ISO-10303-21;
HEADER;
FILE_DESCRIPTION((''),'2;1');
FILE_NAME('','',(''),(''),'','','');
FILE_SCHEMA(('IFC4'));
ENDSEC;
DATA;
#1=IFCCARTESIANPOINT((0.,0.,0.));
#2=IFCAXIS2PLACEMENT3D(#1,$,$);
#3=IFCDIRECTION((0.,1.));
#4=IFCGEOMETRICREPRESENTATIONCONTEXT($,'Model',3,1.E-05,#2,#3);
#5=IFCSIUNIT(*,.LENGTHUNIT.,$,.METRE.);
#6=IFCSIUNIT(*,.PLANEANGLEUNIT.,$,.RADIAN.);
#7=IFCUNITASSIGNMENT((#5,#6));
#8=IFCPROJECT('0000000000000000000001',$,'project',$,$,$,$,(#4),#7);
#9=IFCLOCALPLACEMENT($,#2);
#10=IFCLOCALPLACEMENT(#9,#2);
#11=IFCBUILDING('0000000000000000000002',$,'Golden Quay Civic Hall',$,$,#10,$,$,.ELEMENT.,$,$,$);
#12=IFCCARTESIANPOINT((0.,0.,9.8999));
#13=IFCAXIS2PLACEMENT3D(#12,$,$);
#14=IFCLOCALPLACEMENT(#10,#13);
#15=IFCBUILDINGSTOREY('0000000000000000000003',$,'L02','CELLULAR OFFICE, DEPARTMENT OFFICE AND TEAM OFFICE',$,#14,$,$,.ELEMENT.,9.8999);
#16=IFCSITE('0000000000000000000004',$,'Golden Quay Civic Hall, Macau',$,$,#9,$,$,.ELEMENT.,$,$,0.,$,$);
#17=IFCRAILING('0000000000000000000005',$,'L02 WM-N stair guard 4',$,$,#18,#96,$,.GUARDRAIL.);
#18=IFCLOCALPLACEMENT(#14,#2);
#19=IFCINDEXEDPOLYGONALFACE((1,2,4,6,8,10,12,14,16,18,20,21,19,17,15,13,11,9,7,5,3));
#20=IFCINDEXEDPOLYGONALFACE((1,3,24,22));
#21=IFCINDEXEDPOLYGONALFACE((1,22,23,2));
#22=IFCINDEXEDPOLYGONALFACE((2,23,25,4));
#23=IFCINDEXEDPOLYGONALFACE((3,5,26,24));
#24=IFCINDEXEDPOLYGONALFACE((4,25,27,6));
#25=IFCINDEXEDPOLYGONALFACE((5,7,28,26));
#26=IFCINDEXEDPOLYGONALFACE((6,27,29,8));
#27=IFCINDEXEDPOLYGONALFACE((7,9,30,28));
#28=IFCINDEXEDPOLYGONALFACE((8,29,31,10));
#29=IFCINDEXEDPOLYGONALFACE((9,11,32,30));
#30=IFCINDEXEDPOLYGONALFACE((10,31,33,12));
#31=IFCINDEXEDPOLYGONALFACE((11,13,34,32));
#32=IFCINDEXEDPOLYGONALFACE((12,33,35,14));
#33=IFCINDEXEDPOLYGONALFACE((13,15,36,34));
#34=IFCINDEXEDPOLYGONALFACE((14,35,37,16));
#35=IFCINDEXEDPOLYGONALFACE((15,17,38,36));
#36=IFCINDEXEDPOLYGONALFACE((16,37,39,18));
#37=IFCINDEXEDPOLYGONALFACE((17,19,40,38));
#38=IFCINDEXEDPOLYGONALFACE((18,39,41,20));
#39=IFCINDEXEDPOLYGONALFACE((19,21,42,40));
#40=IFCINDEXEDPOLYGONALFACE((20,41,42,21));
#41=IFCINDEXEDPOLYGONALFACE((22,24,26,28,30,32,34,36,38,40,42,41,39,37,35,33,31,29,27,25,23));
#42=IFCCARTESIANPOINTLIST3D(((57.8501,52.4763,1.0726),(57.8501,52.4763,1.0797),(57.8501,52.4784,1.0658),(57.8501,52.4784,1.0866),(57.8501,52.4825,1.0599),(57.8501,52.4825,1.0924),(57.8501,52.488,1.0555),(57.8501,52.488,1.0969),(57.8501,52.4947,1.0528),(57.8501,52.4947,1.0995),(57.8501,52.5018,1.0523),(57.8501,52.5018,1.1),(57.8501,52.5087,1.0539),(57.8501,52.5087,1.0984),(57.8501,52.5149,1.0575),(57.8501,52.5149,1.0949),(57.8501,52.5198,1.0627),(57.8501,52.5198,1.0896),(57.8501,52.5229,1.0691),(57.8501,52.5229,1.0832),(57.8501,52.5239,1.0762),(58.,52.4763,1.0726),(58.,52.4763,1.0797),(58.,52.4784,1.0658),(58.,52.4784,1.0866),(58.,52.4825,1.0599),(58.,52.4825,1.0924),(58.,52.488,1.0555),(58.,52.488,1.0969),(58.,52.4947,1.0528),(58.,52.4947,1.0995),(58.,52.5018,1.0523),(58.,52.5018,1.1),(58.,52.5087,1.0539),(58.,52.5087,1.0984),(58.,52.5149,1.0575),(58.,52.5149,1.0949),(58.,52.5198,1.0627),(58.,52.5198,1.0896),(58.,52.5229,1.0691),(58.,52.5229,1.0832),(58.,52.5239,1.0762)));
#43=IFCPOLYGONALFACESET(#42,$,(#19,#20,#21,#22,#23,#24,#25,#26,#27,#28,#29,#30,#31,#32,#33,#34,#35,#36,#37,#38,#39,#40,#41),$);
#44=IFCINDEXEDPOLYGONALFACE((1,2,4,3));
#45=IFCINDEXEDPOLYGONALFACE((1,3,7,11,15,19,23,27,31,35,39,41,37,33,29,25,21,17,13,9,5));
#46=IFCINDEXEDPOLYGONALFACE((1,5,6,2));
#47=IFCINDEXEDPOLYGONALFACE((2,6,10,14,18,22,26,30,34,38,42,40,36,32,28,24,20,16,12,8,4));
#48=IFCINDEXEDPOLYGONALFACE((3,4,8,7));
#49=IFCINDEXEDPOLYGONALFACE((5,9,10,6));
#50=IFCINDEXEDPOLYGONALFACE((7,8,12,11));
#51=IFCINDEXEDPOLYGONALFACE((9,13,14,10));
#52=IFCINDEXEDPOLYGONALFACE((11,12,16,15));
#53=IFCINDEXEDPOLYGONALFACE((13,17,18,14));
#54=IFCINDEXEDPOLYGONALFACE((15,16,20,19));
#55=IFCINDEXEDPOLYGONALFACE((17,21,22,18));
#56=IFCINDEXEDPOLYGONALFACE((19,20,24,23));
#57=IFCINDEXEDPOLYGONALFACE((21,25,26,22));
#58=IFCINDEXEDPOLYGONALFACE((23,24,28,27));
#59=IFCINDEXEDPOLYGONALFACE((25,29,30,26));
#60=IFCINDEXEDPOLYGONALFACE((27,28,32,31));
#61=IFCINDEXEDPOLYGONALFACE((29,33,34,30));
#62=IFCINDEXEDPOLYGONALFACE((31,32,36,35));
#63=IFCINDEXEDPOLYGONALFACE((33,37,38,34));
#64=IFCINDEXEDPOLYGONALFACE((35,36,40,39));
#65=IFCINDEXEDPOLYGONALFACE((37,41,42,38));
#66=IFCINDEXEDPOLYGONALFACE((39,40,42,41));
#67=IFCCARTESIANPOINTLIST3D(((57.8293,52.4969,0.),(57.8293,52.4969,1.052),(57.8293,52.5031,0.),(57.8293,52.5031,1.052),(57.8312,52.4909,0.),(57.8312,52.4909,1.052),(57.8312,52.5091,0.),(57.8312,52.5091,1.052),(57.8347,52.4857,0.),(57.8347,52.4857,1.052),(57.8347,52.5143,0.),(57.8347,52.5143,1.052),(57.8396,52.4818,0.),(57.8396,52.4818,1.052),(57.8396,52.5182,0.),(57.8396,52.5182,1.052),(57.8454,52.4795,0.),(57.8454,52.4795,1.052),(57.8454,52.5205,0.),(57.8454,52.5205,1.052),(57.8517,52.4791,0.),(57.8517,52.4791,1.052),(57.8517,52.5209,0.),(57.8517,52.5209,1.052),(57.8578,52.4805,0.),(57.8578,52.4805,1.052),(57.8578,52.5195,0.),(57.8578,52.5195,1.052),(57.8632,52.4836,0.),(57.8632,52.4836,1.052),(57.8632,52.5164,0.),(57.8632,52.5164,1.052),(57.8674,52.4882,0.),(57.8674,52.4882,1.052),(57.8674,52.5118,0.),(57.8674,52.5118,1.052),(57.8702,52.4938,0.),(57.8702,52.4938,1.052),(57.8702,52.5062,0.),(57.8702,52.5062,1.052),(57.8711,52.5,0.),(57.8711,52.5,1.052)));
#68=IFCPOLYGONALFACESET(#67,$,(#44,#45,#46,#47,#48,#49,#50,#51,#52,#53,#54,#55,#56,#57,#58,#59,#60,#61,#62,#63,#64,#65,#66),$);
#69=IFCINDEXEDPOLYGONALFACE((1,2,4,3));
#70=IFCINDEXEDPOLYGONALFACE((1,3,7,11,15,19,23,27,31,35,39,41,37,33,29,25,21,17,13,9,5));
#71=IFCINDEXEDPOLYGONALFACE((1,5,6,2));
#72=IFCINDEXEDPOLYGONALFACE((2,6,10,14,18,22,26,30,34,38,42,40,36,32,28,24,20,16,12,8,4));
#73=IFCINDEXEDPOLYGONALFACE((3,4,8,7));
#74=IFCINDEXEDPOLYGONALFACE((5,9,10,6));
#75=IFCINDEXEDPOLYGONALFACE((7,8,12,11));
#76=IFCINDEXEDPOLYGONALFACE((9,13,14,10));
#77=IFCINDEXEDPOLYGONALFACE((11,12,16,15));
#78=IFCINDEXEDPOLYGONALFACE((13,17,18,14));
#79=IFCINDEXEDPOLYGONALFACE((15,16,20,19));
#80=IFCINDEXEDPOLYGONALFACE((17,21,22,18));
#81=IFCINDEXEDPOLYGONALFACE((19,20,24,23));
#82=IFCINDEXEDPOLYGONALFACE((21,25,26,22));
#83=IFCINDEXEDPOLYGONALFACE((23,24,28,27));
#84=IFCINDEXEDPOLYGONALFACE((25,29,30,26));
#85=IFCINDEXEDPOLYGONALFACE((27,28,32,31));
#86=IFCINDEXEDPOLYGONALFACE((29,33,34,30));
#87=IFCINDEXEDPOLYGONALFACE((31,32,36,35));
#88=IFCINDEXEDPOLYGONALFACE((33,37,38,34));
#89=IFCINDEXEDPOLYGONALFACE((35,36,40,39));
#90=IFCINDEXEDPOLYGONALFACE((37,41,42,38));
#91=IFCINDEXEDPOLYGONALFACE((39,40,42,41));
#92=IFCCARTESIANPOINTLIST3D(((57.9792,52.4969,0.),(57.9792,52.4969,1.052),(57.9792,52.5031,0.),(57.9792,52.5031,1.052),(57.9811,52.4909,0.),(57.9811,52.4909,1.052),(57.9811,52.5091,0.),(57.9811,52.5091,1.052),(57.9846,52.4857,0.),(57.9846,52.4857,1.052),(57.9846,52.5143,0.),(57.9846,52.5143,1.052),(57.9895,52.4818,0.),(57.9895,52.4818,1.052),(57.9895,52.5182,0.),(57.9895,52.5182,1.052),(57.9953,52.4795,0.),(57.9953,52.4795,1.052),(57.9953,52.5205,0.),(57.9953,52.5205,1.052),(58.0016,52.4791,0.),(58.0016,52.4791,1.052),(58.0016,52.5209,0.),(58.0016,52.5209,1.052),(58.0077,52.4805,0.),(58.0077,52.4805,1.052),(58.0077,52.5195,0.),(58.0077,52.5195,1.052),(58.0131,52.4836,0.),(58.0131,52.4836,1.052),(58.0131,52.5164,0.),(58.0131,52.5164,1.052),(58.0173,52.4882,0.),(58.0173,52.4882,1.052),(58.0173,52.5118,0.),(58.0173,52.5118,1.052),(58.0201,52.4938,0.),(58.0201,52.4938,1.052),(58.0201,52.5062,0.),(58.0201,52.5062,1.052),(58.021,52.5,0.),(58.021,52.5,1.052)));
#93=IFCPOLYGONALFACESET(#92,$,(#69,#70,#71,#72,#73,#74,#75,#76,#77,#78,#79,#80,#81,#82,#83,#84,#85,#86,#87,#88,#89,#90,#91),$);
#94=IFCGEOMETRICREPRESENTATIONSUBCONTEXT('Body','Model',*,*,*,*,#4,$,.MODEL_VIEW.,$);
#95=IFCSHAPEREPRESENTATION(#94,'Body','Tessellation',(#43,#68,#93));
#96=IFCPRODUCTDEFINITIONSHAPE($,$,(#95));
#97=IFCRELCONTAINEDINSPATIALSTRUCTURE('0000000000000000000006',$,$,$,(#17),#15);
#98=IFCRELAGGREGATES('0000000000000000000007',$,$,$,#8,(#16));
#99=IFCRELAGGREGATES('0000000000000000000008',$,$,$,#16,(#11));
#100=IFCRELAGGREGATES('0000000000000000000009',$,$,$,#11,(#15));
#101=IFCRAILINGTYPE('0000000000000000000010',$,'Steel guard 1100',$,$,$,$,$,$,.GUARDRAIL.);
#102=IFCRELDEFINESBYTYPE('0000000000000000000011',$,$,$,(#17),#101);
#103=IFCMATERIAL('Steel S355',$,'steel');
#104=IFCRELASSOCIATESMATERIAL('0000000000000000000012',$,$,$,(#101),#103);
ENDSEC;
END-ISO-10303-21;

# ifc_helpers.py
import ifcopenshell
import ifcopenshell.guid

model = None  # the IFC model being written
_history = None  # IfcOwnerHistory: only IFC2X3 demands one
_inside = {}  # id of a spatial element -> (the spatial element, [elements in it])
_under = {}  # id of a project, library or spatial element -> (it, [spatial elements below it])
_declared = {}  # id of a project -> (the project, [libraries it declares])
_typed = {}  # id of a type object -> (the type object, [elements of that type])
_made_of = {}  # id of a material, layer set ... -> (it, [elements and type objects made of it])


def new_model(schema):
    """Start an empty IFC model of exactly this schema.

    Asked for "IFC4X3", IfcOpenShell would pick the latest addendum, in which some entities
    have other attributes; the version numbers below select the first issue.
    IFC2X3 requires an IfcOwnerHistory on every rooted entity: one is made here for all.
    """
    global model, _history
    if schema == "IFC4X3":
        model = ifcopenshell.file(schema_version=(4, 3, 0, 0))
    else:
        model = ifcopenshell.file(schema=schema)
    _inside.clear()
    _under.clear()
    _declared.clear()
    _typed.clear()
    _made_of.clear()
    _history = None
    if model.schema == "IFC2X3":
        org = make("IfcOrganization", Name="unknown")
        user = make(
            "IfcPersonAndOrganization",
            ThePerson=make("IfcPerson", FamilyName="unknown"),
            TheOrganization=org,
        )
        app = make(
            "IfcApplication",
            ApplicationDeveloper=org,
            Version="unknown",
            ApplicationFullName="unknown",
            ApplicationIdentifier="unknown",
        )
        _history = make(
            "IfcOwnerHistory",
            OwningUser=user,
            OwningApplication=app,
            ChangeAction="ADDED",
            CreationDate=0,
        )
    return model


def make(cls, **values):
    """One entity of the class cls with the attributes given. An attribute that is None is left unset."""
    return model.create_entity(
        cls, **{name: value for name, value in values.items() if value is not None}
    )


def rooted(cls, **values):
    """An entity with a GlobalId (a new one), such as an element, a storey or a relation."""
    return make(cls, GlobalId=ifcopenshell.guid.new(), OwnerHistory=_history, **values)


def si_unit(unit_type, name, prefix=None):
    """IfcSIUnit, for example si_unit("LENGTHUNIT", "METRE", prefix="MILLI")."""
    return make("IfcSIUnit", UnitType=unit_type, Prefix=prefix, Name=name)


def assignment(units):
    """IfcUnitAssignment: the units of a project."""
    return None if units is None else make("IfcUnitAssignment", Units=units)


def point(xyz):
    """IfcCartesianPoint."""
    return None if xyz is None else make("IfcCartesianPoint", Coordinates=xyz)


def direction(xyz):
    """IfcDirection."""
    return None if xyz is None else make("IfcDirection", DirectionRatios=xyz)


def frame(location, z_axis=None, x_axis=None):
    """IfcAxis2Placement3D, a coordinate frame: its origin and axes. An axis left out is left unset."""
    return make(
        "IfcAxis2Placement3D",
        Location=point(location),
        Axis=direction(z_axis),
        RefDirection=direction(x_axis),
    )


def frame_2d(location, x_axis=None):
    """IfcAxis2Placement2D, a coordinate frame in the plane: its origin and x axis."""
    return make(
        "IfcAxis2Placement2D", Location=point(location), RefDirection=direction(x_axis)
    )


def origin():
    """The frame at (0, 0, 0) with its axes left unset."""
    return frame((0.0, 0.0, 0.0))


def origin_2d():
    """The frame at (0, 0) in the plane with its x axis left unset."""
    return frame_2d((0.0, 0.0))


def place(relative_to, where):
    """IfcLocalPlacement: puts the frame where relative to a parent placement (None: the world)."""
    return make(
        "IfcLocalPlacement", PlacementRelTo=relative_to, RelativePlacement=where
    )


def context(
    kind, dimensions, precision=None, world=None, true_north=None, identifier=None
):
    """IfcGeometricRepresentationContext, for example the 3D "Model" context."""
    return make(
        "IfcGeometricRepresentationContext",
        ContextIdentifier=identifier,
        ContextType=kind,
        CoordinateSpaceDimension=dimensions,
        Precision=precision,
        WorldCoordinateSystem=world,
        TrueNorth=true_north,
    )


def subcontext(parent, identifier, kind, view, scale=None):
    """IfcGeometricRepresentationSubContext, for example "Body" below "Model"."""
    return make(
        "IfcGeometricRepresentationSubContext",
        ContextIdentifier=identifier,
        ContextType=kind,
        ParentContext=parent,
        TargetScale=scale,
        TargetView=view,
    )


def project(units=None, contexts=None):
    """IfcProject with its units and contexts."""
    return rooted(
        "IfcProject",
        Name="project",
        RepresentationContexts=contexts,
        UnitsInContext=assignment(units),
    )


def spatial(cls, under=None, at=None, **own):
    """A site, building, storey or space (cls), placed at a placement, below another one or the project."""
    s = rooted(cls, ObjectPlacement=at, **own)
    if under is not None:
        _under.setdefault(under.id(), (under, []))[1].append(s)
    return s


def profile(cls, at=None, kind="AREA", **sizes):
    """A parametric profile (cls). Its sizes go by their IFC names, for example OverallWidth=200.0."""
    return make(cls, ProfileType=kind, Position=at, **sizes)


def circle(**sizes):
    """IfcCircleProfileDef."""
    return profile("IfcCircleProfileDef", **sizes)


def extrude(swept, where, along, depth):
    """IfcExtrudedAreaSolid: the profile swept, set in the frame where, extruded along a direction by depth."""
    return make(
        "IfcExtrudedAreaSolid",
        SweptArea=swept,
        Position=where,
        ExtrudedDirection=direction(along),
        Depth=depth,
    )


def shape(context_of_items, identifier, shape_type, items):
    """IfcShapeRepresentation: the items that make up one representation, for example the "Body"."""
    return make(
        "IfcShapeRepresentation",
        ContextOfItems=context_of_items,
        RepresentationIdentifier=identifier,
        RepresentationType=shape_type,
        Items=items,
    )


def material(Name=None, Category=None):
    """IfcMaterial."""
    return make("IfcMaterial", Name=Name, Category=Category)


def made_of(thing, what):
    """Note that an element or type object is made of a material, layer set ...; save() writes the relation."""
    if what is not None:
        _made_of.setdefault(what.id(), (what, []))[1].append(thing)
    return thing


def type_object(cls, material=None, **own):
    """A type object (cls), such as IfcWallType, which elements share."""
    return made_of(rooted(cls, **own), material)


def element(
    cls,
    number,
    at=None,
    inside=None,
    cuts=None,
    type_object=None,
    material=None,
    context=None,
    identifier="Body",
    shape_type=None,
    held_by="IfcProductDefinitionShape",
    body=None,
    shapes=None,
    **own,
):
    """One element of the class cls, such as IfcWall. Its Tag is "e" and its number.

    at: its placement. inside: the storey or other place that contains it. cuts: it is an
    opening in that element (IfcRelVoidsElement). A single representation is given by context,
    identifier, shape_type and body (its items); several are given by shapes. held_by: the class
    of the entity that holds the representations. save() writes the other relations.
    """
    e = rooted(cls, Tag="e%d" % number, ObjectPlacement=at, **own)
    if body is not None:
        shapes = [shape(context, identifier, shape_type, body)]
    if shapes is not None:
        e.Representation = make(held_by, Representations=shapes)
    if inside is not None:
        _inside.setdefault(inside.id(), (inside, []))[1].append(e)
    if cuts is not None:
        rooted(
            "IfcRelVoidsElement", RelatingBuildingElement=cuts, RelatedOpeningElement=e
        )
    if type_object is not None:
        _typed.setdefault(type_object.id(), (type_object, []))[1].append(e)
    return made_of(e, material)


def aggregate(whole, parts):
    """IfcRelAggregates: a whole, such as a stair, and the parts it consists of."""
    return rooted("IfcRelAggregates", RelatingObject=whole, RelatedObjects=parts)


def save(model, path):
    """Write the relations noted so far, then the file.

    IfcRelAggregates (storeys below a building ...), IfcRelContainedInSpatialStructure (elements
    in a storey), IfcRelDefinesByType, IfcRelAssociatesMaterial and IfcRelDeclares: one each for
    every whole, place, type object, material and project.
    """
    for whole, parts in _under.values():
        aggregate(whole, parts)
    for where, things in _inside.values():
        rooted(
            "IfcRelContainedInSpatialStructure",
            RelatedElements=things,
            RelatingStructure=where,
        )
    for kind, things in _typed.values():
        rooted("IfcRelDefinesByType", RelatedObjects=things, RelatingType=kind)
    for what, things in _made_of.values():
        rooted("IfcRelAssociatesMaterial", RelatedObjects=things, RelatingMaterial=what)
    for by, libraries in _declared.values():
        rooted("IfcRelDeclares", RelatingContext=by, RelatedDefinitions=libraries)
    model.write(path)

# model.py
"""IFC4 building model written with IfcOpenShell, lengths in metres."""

from ifc_helpers import new_model, si_unit, direction, frame, origin, origin_2d, place, context, subcontext, project, spatial, circle, extrude, material, type_object, element, save


model = new_model("IFC4")

# Units and contexts
model_context = context("Model", 3, precision=1e-05, world=origin(), true_north=direction((0.0, 1.0)))
body_context = subcontext(model_context, "Body", "Model", "MODEL_VIEW")
ifc_project = project(units=[si_unit("LENGTHUNIT", "METRE"), si_unit("PLANEANGLEUNIT", "RADIAN")], contexts=[model_context])

# Site, building, storey
site_placement = place(None, origin())
site = spatial("IfcSite", under=ifc_project, at=site_placement, Name="Golden Quay Civic Hall, Macau", CompositionType="ELEMENT", RefElevation=0.0)
building_placement = place(site_placement, origin())
building = spatial("IfcBuilding", under=site, at=building_placement, Name="Golden Quay Civic Hall", CompositionType="ELEMENT")
storey_placement = place(building_placement, frame((0.0, 0.0, 9.8999)))
storey = spatial("IfcBuildingStorey", under=building, at=storey_placement, Name="L02", Description="CELLULAR OFFICE, DEPARTMENT OFFICE AND TEAM OFFICE", CompositionType="ELEMENT", Elevation=9.8999)

# Railing
ifc_material_1 = material(Name="Steel S355", Category="steel")
railing_type_1 = type_object("IfcRailingType", Name="Steel guard 1100", PredefinedType="GUARDRAIL", material=ifc_material_1)
railing_1_placement = place(storey_placement, frame((57.8501, 52.5, 0.0)))
element("IfcRailing", 1, at=railing_1_placement, inside=storey, type_object=railing_type_1, Name="L02 WM-N stair guard 4", PredefinedType="GUARDRAIL", context=body_context, shape_type="SweptSolid", body=[
    extrude(circle(Radius=0.0239, at=origin_2d()), frame((0.0, 0.0, 1.0762), z_axis=(1.0, 0.0, 0.0), x_axis=(0.0, 1.0, 0.0)), (0.0, 0.0, 1.0), 0.1499),
    extrude(circle(Radius=0.021, at=origin_2d()), origin(), (0.0, 0.0, 1.0), 1.052),
    extrude(circle(Radius=0.021, at=origin_2d()), frame((0.1499, 0.0, 0.0)), (0.0, 0.0, 1.0), 1.052),
])

save(model, "model.ifc")
